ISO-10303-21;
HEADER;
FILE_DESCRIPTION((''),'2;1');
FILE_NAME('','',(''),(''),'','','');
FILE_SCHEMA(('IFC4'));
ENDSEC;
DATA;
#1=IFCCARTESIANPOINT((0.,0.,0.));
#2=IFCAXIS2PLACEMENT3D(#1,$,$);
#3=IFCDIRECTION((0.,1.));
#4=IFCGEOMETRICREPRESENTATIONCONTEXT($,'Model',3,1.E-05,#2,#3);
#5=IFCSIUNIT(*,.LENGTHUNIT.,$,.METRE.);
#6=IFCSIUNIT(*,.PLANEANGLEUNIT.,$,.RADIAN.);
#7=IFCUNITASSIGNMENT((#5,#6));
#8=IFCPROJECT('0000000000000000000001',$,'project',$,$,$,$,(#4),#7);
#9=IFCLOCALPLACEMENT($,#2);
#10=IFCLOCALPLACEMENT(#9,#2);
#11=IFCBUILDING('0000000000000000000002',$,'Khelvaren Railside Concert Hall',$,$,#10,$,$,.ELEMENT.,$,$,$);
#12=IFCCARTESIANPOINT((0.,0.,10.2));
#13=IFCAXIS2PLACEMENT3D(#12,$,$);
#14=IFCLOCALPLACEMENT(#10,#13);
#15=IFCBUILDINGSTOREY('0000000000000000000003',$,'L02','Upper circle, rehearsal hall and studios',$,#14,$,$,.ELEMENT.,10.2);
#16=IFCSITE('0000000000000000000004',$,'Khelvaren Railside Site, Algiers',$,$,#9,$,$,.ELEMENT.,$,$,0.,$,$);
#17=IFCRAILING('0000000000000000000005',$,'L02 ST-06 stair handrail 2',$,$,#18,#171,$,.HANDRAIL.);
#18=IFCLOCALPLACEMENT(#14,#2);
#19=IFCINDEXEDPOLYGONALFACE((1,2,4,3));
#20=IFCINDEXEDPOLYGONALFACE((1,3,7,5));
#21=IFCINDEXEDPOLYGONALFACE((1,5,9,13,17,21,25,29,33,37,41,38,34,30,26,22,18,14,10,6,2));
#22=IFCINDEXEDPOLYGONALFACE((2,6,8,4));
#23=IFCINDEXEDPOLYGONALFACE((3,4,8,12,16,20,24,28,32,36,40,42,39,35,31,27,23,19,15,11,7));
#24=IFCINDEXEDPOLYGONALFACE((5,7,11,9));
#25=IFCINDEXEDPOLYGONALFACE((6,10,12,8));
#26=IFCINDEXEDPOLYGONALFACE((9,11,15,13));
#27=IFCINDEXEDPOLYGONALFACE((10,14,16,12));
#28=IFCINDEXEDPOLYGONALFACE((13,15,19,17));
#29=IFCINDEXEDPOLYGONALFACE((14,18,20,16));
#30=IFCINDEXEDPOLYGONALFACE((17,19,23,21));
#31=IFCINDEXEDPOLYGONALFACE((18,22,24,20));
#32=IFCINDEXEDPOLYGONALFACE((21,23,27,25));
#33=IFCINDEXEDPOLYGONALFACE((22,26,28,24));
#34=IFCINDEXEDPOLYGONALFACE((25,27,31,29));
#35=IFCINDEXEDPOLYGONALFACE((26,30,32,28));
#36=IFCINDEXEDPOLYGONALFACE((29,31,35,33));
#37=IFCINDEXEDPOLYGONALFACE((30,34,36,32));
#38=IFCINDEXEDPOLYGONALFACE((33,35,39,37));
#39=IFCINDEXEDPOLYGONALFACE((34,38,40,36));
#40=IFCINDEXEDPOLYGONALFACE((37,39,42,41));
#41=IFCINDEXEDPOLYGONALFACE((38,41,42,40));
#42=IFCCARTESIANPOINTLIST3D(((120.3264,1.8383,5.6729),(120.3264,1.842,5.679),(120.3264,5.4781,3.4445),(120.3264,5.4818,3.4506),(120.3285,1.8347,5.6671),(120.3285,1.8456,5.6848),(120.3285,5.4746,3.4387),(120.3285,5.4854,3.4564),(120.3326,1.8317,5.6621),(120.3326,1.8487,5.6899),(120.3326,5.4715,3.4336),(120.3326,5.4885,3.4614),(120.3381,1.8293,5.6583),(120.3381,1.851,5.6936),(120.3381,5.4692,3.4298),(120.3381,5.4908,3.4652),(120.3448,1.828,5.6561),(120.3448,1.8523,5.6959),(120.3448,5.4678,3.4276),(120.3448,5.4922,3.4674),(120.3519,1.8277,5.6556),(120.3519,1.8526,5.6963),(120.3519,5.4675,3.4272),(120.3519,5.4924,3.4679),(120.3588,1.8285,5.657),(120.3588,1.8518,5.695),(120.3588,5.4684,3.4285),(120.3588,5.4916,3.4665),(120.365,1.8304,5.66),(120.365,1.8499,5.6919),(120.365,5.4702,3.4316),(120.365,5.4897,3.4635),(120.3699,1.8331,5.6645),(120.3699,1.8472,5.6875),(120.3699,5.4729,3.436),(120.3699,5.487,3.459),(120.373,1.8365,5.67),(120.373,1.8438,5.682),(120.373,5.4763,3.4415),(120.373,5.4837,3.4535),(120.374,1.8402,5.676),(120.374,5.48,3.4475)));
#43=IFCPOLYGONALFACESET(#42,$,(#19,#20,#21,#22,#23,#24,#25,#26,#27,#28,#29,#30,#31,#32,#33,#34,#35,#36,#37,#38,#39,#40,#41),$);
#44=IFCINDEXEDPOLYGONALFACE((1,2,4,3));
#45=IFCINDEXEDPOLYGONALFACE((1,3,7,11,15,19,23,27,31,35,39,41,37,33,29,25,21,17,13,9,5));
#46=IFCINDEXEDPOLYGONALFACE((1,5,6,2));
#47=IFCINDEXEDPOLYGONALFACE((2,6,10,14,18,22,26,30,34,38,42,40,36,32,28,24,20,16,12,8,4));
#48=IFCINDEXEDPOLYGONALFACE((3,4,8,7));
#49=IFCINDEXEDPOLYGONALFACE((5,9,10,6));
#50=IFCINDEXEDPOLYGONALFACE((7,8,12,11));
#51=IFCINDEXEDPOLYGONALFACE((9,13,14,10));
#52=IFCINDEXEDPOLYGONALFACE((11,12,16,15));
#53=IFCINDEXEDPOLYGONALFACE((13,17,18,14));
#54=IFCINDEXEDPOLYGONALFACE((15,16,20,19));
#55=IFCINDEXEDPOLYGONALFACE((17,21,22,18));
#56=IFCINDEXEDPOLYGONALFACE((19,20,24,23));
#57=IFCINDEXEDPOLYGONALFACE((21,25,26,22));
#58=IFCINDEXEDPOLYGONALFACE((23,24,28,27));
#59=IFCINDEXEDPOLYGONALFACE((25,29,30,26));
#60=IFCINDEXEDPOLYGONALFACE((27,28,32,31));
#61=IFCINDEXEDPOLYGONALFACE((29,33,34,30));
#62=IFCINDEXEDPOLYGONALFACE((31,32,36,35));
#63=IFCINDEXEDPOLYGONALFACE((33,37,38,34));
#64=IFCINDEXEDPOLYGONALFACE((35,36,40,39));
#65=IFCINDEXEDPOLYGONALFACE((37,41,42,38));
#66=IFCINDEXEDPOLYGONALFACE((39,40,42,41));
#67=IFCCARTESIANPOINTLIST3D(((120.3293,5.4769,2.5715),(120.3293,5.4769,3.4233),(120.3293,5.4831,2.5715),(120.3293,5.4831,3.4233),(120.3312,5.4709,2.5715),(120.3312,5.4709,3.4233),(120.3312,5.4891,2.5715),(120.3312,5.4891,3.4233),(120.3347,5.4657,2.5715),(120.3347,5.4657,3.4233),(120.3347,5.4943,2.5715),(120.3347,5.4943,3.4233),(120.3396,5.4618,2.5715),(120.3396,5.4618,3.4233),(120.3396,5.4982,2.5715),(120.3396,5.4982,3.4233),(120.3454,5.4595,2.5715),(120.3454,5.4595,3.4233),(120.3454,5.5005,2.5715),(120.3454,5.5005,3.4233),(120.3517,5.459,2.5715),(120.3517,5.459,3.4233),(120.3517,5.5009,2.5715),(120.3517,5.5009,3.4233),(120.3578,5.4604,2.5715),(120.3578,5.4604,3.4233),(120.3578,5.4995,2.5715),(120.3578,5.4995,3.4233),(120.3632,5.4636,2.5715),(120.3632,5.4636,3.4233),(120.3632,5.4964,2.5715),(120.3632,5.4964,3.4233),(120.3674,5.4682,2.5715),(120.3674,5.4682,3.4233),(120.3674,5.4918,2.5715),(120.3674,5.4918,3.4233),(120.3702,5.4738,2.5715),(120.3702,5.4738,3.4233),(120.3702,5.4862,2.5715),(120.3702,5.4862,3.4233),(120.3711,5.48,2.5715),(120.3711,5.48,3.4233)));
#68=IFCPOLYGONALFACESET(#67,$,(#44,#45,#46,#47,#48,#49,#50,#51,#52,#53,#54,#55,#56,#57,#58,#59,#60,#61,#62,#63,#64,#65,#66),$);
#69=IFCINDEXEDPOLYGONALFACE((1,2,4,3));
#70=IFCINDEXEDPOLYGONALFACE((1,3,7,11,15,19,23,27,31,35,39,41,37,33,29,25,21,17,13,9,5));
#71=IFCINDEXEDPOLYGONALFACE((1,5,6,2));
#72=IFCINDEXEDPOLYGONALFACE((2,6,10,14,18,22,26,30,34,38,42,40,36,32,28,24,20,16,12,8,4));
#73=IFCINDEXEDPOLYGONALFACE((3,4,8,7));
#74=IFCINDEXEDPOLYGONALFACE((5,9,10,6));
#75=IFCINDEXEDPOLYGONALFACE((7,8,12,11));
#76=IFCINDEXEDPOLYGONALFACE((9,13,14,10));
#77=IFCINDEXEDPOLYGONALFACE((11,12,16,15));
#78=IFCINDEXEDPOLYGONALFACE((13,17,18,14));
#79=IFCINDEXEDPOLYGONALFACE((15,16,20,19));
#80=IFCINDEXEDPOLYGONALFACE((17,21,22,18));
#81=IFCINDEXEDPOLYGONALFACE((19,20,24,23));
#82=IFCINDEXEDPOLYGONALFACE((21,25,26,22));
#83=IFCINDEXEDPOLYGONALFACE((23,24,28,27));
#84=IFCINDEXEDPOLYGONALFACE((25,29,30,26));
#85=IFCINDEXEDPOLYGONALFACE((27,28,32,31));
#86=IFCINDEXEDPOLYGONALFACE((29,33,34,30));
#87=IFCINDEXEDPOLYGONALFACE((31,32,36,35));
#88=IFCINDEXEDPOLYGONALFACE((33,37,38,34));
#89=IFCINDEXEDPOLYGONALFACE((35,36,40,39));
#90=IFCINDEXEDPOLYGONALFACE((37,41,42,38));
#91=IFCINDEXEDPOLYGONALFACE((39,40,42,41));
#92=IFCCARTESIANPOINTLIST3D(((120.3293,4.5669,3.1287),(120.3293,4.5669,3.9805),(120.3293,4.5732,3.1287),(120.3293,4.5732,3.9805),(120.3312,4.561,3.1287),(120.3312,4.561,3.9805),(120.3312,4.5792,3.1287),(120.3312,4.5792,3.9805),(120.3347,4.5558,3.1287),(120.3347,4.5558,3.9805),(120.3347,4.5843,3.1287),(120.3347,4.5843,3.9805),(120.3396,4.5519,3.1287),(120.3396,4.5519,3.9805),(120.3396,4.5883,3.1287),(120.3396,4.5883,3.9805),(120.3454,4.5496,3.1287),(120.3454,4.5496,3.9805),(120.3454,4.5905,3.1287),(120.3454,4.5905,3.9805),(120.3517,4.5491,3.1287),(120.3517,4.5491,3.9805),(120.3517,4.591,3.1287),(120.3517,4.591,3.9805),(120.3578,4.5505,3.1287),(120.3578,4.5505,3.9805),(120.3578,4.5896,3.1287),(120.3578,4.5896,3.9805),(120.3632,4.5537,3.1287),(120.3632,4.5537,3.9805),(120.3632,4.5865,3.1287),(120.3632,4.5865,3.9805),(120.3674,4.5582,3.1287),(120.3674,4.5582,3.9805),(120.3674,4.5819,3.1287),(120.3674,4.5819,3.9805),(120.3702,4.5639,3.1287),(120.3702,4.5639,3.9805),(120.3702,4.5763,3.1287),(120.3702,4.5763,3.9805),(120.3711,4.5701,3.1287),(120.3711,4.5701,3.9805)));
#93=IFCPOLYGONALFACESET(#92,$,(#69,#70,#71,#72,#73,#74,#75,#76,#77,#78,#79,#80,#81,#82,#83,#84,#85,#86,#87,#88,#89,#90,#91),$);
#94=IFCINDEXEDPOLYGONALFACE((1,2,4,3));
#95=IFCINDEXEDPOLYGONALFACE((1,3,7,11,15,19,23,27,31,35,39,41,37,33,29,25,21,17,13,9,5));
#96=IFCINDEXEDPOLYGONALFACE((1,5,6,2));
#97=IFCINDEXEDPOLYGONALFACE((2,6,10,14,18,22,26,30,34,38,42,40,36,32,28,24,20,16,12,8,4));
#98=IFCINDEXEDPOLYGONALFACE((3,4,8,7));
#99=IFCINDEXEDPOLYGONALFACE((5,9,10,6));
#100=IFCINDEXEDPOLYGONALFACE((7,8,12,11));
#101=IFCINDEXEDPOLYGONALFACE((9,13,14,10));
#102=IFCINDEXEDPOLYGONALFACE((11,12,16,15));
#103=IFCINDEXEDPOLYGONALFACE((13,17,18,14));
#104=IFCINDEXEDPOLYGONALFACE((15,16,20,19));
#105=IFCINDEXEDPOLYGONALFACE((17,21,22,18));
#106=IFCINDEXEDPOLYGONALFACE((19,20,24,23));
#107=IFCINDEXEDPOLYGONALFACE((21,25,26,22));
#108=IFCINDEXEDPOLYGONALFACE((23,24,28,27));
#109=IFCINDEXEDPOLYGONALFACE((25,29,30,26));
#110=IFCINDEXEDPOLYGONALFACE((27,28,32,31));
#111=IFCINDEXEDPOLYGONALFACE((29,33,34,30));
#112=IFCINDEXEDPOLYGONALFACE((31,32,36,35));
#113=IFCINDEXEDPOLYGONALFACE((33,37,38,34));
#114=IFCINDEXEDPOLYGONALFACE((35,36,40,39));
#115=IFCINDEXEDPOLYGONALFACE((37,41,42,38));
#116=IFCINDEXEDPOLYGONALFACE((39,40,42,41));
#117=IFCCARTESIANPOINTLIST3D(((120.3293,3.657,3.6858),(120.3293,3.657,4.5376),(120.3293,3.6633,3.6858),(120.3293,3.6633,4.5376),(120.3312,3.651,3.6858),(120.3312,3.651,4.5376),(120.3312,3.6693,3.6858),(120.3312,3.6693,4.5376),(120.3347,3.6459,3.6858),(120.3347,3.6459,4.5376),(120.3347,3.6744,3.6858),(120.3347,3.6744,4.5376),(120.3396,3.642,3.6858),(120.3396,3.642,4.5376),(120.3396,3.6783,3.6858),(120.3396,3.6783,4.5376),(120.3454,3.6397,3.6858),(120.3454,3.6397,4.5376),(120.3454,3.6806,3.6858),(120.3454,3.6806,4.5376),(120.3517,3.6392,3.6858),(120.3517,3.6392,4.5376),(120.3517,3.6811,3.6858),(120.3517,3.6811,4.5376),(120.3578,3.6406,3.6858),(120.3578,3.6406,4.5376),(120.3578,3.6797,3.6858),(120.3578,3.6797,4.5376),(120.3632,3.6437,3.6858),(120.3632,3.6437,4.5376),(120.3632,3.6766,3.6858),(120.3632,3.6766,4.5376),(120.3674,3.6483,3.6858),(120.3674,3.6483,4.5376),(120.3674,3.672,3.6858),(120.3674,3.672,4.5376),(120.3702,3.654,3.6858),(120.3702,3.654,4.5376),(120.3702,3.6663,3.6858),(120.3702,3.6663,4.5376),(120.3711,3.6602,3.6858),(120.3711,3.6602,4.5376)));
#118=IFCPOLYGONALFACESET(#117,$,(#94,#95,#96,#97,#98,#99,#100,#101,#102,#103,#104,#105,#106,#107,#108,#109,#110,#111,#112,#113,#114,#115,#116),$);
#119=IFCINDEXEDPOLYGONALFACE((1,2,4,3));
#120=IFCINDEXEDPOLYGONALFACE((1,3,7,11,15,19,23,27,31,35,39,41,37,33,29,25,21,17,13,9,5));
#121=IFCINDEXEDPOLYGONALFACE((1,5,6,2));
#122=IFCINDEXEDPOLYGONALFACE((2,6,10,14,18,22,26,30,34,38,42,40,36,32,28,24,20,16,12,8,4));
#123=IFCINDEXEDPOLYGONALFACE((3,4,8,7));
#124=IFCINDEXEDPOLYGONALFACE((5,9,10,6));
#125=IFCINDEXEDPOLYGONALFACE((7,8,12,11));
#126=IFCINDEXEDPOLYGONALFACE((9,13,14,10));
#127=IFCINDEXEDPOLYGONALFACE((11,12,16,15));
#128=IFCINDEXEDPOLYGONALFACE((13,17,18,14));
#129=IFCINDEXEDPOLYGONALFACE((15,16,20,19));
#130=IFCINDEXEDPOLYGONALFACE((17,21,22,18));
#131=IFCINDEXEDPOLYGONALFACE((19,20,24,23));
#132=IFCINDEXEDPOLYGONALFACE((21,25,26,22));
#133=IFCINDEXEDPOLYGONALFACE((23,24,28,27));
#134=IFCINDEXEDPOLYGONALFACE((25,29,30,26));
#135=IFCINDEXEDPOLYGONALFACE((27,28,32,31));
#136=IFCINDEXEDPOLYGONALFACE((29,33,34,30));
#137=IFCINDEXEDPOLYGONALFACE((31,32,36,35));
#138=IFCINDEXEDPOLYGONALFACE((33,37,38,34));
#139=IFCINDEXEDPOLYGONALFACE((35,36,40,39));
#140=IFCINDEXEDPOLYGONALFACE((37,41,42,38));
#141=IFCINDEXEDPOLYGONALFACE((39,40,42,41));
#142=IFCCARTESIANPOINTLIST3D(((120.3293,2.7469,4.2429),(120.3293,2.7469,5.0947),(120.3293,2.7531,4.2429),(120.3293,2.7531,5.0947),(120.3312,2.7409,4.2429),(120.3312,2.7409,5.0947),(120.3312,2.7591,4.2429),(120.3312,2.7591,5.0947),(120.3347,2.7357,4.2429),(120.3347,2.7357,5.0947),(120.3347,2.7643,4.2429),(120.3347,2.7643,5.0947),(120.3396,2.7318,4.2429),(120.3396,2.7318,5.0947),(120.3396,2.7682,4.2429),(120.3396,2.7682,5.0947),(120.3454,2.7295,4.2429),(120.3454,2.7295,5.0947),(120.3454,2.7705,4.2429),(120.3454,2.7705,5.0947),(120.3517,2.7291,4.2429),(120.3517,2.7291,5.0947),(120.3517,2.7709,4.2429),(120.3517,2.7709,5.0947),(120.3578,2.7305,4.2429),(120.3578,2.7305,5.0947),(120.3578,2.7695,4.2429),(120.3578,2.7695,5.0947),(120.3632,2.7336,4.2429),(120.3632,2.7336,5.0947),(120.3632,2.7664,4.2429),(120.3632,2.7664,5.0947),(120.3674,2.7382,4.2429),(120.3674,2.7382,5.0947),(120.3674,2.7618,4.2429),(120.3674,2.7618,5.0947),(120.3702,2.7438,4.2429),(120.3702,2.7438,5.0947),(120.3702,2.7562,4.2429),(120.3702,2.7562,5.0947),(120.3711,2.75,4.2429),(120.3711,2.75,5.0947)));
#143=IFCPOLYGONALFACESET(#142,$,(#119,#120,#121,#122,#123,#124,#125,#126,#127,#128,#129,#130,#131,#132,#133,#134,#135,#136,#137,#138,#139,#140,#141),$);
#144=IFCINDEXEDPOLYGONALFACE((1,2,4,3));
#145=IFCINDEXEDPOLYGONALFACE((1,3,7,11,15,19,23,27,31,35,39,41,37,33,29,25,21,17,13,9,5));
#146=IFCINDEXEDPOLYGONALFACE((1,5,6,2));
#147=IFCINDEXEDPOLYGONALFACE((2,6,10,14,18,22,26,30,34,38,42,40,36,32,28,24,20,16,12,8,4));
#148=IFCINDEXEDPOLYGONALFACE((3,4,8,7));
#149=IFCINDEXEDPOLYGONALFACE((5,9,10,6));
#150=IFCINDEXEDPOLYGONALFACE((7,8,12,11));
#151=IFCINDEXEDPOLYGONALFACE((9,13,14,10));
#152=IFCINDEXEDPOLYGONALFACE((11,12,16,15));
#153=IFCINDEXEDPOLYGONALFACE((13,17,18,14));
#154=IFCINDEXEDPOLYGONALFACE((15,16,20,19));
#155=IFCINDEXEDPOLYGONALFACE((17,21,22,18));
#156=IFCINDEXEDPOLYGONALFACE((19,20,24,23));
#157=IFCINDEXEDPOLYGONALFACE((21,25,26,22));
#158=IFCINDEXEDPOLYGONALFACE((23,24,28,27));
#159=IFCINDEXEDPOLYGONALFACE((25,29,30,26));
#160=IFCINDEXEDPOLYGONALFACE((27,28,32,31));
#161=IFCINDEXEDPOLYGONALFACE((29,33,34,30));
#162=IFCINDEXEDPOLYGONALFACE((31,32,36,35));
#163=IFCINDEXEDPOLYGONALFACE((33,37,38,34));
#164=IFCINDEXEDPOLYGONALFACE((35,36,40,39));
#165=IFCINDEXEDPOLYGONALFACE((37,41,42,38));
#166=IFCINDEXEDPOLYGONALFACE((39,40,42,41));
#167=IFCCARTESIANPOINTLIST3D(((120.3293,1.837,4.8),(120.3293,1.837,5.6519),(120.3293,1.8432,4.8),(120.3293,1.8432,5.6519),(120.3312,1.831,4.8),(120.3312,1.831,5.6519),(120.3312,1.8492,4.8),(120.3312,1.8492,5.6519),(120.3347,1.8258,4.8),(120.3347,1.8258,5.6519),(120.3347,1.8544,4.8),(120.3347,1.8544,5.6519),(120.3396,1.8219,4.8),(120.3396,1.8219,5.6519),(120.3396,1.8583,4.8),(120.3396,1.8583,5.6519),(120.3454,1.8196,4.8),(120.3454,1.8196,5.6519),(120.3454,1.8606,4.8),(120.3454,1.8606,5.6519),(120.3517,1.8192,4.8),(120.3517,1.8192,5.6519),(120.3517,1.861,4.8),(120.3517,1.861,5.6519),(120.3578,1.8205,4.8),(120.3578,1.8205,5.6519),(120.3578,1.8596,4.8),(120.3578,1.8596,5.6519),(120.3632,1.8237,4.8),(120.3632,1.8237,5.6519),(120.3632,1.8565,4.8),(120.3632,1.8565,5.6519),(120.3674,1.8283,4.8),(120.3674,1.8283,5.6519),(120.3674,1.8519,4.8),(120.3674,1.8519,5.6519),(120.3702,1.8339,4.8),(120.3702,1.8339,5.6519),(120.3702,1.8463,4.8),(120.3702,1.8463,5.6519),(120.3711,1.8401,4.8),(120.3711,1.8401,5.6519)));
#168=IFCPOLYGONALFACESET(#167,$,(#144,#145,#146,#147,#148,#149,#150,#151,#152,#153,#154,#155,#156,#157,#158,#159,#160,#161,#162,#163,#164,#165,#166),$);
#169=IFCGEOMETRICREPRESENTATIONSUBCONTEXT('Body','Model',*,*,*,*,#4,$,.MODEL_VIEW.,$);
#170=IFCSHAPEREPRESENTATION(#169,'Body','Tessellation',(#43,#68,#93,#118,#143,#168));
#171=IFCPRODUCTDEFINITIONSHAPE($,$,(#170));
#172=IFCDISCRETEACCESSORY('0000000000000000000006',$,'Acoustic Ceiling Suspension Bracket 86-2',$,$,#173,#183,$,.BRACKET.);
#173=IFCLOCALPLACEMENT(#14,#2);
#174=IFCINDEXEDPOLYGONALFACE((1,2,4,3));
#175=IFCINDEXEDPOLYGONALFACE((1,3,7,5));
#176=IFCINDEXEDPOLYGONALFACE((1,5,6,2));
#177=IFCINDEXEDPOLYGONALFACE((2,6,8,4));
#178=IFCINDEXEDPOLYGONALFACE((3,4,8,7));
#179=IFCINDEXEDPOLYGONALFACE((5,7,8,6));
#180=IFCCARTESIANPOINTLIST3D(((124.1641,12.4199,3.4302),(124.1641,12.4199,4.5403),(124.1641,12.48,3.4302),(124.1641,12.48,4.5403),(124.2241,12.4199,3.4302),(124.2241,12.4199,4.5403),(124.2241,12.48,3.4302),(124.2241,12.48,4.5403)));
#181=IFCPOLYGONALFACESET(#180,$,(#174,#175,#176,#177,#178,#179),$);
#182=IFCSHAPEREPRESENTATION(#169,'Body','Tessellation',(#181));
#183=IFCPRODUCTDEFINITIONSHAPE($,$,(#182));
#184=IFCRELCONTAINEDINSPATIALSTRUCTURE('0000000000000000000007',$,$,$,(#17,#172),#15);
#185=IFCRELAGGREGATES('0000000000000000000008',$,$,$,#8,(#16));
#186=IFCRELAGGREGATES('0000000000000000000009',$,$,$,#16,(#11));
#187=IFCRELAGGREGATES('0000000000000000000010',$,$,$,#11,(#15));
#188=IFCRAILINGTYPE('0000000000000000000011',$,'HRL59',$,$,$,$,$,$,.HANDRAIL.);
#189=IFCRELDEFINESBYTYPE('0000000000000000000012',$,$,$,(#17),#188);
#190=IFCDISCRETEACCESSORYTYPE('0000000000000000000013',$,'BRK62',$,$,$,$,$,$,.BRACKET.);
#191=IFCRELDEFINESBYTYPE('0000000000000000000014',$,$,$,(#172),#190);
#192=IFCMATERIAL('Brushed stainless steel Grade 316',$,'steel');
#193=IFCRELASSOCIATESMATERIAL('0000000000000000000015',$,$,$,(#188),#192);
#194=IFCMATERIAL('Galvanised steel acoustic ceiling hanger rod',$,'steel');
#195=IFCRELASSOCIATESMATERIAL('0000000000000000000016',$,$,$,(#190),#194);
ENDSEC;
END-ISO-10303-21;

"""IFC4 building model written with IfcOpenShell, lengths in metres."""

from ifc_helpers import new_model, si_unit, direction, frame, origin, origin_2d, place, context, subcontext, project, spatial, rectangle, circle, extrude, material, type_object, element, save


model = new_model("IFC4")

# Units and contexts
model_context = context("Model", 3, precision=1e-05, world=origin(), true_north=direction((0.0, 1.0)))
body_context = subcontext(model_context, "Body", "Model", "MODEL_VIEW")
ifc_project = project(units=[si_unit("LENGTHUNIT", "METRE"), si_unit("PLANEANGLEUNIT", "RADIAN")], contexts=[model_context])

# Site, building, storey
site_placement = place(None, origin())
site = spatial("IfcSite", under=ifc_project, at=site_placement, Name="Khelvaren Railside Site, Algiers", CompositionType="ELEMENT", RefElevation=0.0)
building_placement = place(site_placement, origin())
building = spatial("IfcBuilding", under=site, at=building_placement, Name="Khelvaren Railside Concert Hall", CompositionType="ELEMENT")
storey_placement = place(building_placement, frame((0.0, 0.0, 10.2)))
storey = spatial("IfcBuildingStorey", under=building, at=storey_placement, Name="L02", Description="Upper circle, rehearsal hall and studios", CompositionType="ELEMENT", Elevation=10.2)

# Railing
ifc_material_1 = material(Name="Brushed stainless steel Grade 316", Category="steel")
railing_type_1 = type_object("IfcRailingType", Name="HRL59", PredefinedType="HANDRAIL", material=ifc_material_1)
railing_1_placement = place(storey_placement, frame((120.3501, 5.48, 2.5715)))
element("IfcRailing", 1, at=railing_1_placement, inside=storey, type_object=railing_type_1, Name="L02 ST-06 stair handrail 2", PredefinedType="HANDRAIL", context=body_context, shape_type="SweptSolid", body=[
    extrude(circle(Radius=0.0239, at=origin_2d()), frame((0.0, 0.0, 0.876), z_axis=(0.0, -0.85285, 0.522156), x_axis=(1.0, 0.0, 0.0)), (0.0, 0.0, 1.0), 4.2678),
    extrude(circle(Radius=0.021, at=origin_2d()), origin(), (0.0, 0.0, 1.0), 0.8518),
    extrude(circle(Radius=0.021, at=origin_2d()), frame((0.0, -0.9099, 0.5571)), (0.0, 0.0, 1.0), 0.8518),
    extrude(circle(Radius=0.021, at=origin_2d()), frame((0.0, -1.8198, 1.1143)), (0.0, 0.0, 1.0), 0.8518),
    extrude(circle(Radius=0.021, at=origin_2d()), frame((0.0, -2.73, 1.6714)), (0.0, 0.0, 1.0), 0.8518),
    extrude(circle(Radius=0.021, at=origin_2d()), frame((0.0, -3.6399, 2.2285)), (0.0, 0.0, 1.0), 0.8518),
])

# Discrete accessory
ifc_material_2 = material(Name="Galvanised steel acoustic ceiling hanger rod", Category="steel")
discrete_accessory_type = type_object("IfcDiscreteAccessoryType", Name="BRK62", PredefinedType="BRACKET", material=ifc_material_2)
discrete_accessory_placement = place(storey_placement, frame((124.1941, 12.45, 3.4302), z_axis=(0.0, 0.0, 1.0), x_axis=(1.0, 0.0, 0.0)))
element("IfcDiscreteAccessory", 2, at=discrete_accessory_placement, inside=storey, type_object=discrete_accessory_type, Name="Acoustic Ceiling Suspension Bracket 86-2", PredefinedType="BRACKET", context=body_context, shape_type="SweptSolid", body=[
    extrude(rectangle(XDim=0.0601, YDim=0.0601, at=origin_2d()), origin(), (0.0, 0.0, 1.0), 1.1101),
])

save(model, "model.ifc")
